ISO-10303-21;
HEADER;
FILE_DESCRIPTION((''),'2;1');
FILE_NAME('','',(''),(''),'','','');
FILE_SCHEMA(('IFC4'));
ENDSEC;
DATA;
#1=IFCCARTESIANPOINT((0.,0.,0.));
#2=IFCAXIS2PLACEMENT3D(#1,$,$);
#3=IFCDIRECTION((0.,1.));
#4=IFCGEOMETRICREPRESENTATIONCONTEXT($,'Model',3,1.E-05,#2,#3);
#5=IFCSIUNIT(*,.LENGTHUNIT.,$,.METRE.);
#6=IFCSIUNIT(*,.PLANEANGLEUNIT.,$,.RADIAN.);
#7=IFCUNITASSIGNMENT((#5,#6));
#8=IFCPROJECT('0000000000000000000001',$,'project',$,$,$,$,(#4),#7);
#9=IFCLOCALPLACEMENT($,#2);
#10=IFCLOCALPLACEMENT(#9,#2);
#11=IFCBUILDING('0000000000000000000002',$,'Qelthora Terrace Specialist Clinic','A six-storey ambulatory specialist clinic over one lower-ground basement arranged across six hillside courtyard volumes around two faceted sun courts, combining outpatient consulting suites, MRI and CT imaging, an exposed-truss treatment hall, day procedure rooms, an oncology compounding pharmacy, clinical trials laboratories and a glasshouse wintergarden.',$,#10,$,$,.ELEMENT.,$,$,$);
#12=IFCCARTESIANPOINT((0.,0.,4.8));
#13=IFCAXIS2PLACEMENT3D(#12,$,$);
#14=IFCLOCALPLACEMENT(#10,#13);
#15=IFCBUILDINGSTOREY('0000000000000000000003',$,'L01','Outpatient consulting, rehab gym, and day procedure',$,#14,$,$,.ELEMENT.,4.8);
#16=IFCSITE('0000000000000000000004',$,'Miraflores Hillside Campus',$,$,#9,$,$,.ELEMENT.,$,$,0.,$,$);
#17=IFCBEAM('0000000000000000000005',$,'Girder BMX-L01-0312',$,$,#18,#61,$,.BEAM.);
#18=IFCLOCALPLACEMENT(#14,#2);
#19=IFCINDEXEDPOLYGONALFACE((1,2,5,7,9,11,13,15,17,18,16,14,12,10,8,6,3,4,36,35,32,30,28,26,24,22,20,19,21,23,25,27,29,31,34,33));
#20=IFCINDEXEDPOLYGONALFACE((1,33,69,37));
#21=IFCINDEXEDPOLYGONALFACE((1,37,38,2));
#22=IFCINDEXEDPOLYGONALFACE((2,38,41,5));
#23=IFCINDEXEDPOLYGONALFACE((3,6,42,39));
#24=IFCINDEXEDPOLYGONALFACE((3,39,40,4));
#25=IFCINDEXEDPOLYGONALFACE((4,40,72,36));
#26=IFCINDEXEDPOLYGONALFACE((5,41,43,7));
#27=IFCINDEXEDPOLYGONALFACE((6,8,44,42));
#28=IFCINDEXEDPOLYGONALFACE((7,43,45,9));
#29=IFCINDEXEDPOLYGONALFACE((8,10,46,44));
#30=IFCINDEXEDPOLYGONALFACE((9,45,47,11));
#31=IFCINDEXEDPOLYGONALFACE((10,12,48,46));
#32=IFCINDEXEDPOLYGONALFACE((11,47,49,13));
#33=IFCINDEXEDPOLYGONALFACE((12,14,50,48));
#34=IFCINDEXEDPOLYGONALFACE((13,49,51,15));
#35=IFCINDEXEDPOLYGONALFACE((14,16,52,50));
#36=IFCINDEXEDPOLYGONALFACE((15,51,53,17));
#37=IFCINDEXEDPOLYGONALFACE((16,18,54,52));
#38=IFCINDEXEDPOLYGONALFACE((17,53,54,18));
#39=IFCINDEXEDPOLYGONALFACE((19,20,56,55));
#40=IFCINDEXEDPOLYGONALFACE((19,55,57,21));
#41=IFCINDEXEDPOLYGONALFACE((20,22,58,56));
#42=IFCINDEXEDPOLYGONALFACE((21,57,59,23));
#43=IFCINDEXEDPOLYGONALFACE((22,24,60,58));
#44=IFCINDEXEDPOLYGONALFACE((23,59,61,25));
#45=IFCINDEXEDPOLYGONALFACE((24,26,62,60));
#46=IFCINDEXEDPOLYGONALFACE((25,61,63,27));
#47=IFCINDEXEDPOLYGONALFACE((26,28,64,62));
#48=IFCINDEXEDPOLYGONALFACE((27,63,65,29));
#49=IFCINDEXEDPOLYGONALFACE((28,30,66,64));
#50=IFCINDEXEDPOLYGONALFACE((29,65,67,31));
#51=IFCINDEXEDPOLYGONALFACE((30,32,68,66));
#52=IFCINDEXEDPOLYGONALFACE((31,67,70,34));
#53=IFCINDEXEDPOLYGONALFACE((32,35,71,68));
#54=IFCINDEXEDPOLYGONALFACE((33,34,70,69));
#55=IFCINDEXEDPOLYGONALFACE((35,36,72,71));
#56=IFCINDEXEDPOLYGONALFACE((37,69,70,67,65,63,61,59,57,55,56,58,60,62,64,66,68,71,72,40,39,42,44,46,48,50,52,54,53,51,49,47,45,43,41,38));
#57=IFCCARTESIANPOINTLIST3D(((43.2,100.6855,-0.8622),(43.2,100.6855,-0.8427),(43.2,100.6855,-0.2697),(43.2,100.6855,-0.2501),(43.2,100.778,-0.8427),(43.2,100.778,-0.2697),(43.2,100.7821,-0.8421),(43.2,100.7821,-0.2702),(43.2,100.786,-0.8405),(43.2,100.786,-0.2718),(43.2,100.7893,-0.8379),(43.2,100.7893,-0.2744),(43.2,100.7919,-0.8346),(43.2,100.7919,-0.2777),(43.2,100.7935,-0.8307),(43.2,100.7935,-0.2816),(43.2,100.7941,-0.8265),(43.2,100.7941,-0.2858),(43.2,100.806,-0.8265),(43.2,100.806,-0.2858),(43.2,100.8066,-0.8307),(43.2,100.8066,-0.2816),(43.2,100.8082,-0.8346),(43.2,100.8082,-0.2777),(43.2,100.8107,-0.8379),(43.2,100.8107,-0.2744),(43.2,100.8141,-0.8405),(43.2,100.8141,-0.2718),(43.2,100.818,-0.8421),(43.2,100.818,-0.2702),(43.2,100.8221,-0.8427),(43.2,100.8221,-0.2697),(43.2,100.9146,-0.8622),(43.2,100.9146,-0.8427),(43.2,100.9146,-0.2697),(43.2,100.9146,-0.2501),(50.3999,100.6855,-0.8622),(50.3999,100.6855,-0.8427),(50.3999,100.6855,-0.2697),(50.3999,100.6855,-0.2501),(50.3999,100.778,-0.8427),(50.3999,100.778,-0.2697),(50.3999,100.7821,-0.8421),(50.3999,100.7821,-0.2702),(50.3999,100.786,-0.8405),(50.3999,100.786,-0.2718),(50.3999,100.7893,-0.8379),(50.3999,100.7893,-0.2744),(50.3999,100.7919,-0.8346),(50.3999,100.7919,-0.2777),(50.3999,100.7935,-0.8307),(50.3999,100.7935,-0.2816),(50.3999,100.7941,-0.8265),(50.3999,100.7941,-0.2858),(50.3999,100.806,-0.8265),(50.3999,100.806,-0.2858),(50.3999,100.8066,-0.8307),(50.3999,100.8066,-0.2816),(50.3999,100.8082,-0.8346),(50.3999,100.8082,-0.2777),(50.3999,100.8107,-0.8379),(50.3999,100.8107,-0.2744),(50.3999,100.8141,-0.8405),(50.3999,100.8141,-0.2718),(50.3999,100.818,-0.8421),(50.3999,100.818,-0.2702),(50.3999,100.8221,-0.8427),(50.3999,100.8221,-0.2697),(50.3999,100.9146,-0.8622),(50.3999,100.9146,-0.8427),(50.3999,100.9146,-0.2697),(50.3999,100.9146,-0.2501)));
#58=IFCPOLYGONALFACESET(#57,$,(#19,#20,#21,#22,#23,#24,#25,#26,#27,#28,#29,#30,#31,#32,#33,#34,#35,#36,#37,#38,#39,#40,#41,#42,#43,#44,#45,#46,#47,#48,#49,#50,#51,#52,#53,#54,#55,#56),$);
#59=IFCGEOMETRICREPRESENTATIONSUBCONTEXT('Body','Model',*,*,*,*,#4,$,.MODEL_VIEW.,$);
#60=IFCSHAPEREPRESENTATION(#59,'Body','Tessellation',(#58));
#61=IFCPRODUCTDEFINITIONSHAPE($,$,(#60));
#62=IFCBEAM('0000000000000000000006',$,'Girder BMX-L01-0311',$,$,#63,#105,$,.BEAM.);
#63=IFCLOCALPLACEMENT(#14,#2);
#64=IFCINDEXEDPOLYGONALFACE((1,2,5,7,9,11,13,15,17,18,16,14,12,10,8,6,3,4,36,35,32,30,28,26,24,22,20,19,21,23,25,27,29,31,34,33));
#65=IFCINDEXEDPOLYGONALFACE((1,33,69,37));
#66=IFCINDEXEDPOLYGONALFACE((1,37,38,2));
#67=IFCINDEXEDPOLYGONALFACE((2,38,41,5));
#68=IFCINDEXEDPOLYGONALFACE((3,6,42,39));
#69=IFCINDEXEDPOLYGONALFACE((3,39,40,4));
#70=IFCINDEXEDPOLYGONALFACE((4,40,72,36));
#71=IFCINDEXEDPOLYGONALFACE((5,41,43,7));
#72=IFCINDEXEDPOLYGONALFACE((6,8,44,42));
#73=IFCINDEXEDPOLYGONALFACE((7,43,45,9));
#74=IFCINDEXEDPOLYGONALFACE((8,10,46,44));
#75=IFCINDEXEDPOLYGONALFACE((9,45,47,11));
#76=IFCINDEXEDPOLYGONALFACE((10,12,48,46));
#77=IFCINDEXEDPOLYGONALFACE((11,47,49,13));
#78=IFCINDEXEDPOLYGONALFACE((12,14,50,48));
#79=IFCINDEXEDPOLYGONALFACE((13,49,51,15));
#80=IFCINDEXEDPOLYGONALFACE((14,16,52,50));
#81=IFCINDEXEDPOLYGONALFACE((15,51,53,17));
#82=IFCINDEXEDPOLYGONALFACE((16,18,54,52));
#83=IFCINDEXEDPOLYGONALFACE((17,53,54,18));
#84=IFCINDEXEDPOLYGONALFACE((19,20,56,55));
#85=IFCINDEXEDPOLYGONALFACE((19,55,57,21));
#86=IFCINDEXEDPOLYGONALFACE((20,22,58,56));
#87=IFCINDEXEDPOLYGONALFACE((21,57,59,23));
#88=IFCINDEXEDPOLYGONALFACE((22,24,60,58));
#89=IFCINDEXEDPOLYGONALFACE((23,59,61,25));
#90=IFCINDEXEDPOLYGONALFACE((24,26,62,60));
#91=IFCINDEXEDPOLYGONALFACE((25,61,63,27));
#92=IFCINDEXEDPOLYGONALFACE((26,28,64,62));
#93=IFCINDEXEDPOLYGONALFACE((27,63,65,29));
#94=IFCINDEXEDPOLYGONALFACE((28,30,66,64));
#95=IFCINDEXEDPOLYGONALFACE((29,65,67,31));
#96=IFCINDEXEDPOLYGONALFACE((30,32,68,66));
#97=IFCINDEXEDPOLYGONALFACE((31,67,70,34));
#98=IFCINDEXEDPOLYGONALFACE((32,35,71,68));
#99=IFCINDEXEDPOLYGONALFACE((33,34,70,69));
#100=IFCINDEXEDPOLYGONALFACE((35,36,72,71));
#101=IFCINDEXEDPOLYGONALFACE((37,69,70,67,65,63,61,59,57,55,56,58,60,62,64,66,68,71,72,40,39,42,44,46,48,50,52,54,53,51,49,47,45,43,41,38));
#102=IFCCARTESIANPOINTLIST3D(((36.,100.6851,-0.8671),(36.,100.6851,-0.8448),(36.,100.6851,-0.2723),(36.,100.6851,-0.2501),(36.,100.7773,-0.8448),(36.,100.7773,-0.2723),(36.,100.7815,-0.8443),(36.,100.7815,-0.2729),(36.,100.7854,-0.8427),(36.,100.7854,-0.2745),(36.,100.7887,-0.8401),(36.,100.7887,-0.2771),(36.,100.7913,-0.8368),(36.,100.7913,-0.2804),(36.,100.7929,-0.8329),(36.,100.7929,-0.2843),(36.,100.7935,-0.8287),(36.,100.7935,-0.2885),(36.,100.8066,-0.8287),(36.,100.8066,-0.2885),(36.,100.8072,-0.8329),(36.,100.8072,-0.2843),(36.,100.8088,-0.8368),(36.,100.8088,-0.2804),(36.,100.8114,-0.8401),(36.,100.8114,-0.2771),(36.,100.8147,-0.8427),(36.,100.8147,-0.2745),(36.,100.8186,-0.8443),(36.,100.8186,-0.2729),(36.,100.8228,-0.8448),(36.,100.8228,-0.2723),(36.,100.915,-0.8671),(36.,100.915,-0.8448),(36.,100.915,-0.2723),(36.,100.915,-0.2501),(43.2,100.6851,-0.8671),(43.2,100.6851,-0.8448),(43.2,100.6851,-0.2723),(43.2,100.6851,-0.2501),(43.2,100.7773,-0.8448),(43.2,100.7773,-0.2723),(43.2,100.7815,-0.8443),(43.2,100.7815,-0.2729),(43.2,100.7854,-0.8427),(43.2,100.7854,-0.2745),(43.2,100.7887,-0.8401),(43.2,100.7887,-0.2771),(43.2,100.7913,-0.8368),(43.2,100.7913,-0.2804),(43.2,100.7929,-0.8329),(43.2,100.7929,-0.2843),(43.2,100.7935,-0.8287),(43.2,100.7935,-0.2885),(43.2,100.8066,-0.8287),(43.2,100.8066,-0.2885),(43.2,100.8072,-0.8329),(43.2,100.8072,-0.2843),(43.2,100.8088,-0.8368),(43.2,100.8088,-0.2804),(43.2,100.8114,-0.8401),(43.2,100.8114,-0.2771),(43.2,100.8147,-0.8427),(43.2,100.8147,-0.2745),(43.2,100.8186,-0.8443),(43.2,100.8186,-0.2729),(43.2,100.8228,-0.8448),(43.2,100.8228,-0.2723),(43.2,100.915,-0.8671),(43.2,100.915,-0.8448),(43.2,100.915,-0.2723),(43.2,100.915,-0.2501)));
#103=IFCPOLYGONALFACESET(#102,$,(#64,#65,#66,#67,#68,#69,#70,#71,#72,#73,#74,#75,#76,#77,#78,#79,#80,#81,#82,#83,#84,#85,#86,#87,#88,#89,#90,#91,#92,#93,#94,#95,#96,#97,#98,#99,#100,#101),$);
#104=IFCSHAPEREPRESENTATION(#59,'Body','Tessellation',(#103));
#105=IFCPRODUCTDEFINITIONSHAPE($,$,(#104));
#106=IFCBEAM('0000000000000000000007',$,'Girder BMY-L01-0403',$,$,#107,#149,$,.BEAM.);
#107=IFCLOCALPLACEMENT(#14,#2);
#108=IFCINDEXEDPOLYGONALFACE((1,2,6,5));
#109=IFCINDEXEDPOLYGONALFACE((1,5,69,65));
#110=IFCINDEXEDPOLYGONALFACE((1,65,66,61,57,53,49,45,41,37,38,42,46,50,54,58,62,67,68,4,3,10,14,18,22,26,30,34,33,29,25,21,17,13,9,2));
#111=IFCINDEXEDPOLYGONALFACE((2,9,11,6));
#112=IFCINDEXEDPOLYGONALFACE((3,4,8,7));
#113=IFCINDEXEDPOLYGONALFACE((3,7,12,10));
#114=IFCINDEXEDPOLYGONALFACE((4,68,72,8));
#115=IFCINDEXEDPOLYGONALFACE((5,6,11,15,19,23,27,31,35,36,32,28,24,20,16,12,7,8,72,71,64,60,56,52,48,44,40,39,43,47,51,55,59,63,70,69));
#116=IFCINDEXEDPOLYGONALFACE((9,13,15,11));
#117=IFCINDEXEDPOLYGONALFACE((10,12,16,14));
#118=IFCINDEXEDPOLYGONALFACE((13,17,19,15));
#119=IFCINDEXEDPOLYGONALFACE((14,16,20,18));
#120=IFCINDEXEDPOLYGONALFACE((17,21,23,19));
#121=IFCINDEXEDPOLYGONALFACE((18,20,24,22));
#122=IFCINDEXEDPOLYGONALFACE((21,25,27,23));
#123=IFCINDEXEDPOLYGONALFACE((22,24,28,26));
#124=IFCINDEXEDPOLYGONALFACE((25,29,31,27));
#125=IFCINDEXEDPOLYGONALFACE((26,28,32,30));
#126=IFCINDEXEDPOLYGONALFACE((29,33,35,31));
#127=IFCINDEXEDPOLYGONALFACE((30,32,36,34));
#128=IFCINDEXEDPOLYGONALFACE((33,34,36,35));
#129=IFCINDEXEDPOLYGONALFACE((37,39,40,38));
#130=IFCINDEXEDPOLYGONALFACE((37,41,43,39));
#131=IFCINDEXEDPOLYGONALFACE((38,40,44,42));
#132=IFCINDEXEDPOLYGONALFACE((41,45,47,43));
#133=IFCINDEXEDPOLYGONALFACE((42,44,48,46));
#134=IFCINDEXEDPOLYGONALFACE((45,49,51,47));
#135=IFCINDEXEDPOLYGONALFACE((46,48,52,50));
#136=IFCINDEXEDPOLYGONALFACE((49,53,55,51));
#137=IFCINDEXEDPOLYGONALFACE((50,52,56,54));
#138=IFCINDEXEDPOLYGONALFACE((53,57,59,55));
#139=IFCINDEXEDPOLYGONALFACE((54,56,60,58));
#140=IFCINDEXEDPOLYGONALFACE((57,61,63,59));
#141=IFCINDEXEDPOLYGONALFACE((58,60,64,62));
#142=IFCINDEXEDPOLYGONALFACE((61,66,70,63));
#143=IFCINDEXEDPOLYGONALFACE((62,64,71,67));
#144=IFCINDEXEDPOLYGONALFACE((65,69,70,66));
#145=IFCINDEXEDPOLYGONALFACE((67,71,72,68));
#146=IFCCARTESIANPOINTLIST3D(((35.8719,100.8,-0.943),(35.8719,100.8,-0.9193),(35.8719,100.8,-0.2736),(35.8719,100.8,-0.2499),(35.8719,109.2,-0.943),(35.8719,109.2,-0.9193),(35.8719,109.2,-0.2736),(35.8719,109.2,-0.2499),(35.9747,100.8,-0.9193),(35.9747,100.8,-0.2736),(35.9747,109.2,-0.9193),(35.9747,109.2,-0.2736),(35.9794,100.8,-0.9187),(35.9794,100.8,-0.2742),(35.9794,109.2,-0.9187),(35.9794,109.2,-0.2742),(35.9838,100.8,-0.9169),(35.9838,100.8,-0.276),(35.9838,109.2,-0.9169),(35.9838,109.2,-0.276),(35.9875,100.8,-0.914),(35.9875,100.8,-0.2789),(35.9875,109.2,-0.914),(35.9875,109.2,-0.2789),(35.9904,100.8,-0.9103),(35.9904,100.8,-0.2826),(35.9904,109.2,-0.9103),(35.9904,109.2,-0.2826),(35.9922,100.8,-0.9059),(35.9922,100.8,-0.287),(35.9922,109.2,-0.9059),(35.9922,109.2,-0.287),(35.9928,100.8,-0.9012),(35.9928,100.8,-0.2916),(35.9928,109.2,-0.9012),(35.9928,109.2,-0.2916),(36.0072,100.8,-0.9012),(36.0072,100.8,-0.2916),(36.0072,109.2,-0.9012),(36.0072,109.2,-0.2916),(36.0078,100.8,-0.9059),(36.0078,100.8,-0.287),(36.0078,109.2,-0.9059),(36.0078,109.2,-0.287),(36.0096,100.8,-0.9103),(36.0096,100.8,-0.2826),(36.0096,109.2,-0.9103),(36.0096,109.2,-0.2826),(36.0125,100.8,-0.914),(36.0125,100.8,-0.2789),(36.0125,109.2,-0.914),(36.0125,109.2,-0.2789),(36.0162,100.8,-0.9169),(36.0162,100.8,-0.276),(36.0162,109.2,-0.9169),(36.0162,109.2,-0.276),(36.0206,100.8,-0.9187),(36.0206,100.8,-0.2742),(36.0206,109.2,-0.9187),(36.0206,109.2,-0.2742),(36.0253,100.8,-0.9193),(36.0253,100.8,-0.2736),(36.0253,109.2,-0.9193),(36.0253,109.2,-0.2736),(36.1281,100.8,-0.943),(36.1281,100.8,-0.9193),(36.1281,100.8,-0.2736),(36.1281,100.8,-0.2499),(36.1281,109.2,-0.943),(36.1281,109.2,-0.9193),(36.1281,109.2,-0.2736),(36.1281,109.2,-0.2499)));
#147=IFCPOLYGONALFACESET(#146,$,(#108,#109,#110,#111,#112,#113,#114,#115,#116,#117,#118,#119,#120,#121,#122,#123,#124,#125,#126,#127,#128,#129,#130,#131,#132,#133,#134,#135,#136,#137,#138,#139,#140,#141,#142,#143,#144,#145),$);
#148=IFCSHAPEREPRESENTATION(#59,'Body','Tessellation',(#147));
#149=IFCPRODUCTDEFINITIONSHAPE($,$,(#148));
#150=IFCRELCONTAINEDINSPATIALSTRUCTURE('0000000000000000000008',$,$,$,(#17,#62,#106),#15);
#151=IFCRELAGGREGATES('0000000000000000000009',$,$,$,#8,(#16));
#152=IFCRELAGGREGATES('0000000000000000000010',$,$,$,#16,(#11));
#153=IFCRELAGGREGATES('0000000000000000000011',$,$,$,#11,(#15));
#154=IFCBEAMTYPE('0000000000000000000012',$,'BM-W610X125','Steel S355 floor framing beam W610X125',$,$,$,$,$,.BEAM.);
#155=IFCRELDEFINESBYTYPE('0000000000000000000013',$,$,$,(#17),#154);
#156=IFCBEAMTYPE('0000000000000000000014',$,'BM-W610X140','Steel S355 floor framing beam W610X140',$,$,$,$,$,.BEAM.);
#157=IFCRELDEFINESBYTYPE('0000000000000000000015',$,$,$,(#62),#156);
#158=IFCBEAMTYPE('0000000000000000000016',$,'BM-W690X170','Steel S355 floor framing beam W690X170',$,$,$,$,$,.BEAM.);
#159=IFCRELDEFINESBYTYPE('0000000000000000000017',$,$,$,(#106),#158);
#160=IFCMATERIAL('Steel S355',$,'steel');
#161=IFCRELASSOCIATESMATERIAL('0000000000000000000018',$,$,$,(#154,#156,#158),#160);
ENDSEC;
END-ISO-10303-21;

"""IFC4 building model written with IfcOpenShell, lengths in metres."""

from ifc_helpers import new_model, si_unit, direction, frame, origin, origin_2d, place, context, subcontext, project, spatial, i_section, extrude, material, material_profile, profile_set, type_object, element, save


model = new_model("IFC4")

# Units and contexts
model_context = context("Model", 3, precision=1e-05, world=origin(), true_north=direction((0.0, 1.0)))
body_context = subcontext(model_context, "Body", "Model", "MODEL_VIEW")
ifc_project = project(units=[si_unit("LENGTHUNIT", "METRE"), si_unit("PLANEANGLEUNIT", "RADIAN")], contexts=[model_context])

# Site, building, storey
site_placement = place(None, origin())
site = spatial("IfcSite", under=ifc_project, at=site_placement, Name="Miraflores Hillside Campus", CompositionType="ELEMENT", RefElevation=0.0)
building_placement = place(site_placement, origin())
building = spatial("IfcBuilding", under=site, at=building_placement, Name="Qelthora Terrace Specialist Clinic", Description="A six-storey ambulatory specialist clinic over one lower-ground basement arranged across six hillside courtyard volumes around two faceted sun courts, combining outpatient consulting suites, MRI and CT imaging, an exposed-truss treatment hall, day procedure rooms, an oncology compounding pharmacy, clinical trials laboratories and a glasshouse wintergarden.", CompositionType="ELEMENT")
storey_placement = place(building_placement, frame((0.0, 0.0, 4.8)))
storey = spatial("IfcBuildingStorey", under=building, at=storey_placement, Name="L01", Description="Outpatient consulting, rehab gym, and day procedure", CompositionType="ELEMENT", Elevation=4.8)

# Shared definitions
ifc_material_1 = material(Name="Steel S355", Category="steel")

# Beams
ifc_material_profile_1 = material_profile(ifc_material_1, i_section(OverallWidth=0.229, OverallDepth=0.6121, WebThickness=0.012, FlangeThickness=0.0195, FilletRadius=0.0161, at=origin_2d()), Name="W610X125")
ifc_profile_set_1 = profile_set([ifc_material_profile_1], Name="Steel S355")
beam_type_1 = type_object("IfcBeamType", Name="BM-W610X125", Description="Steel S355 floor framing beam W610X125", PredefinedType="BEAM", material=ifc_profile_set_1)
beam_1_placement = place(storey_placement, frame((43.2, 100.8, -0.5562), z_axis=(1.0, 0.0, 0.0), x_axis=(0.0, 1.0, 0.0)))
element("IfcBeam", 1, at=beam_1_placement, inside=storey, type_object=beam_type_1, Name="Girder BMX-L01-0312", PredefinedType="BEAM", context=body_context, shape_type="SweptSolid", body=[
    extrude(i_section(OverallWidth=0.229, OverallDepth=0.6121, WebThickness=0.012, FlangeThickness=0.0195, FilletRadius=0.0161, at=origin_2d()), origin(), (0.0, 0.0, 1.0), 7.2),
])
ifc_material_profile_2 = material_profile(ifc_material_1, i_section(OverallWidth=0.23, OverallDepth=0.6169, WebThickness=0.0132, FlangeThickness=0.0222, FilletRadius=0.0161, at=origin_2d()), Name="W610X140")
ifc_profile_set_2 = profile_set([ifc_material_profile_2], Name="Steel S355")
beam_type_2 = type_object("IfcBeamType", Name="BM-W610X140", Description="Steel S355 floor framing beam W610X140", PredefinedType="BEAM", material=ifc_profile_set_2)
beam_2_placement = place(storey_placement, frame((36.0, 100.8, -0.5586), z_axis=(1.0, 0.0, 0.0), x_axis=(0.0, 1.0, 0.0)))
element("IfcBeam", 2, at=beam_2_placement, inside=storey, type_object=beam_type_2, Name="Girder BMX-L01-0311", PredefinedType="BEAM", context=body_context, shape_type="SweptSolid", body=[
    extrude(i_section(OverallWidth=0.23, OverallDepth=0.6169, WebThickness=0.0132, FlangeThickness=0.0222, FilletRadius=0.0161, at=origin_2d()), origin(), (0.0, 0.0, 1.0), 7.2),
])
ifc_material_profile_3 = material_profile(ifc_material_1, i_section(OverallWidth=0.2561, OverallDepth=0.6931, WebThickness=0.0144, FlangeThickness=0.0237, FilletRadius=0.0181, at=origin_2d()), Name="W690X170")
ifc_profile_set_3 = profile_set([ifc_material_profile_3], Name="Steel S355")
beam_type_3 = type_object("IfcBeamType", Name="BM-W690X170", Description="Steel S355 floor framing beam W690X170", PredefinedType="BEAM", material=ifc_profile_set_3)
beam_3_placement = place(storey_placement, frame((36.0, 100.8, -0.5964), z_axis=(0.0, 1.0, 0.0), x_axis=(-1.0, 0.0, 0.0)))
element("IfcBeam", 3, at=beam_3_placement, inside=storey, type_object=beam_type_3, Name="Girder BMY-L01-0403", PredefinedType="BEAM", context=body_context, shape_type="SweptSolid", body=[
    extrude(i_section(OverallWidth=0.2561, OverallDepth=0.6931, WebThickness=0.0144, FlangeThickness=0.0237, FilletRadius=0.0181, at=origin_2d()), origin(), (0.0, 0.0, 1.0), 8.3999),
])

save(model, "model.ifc")
